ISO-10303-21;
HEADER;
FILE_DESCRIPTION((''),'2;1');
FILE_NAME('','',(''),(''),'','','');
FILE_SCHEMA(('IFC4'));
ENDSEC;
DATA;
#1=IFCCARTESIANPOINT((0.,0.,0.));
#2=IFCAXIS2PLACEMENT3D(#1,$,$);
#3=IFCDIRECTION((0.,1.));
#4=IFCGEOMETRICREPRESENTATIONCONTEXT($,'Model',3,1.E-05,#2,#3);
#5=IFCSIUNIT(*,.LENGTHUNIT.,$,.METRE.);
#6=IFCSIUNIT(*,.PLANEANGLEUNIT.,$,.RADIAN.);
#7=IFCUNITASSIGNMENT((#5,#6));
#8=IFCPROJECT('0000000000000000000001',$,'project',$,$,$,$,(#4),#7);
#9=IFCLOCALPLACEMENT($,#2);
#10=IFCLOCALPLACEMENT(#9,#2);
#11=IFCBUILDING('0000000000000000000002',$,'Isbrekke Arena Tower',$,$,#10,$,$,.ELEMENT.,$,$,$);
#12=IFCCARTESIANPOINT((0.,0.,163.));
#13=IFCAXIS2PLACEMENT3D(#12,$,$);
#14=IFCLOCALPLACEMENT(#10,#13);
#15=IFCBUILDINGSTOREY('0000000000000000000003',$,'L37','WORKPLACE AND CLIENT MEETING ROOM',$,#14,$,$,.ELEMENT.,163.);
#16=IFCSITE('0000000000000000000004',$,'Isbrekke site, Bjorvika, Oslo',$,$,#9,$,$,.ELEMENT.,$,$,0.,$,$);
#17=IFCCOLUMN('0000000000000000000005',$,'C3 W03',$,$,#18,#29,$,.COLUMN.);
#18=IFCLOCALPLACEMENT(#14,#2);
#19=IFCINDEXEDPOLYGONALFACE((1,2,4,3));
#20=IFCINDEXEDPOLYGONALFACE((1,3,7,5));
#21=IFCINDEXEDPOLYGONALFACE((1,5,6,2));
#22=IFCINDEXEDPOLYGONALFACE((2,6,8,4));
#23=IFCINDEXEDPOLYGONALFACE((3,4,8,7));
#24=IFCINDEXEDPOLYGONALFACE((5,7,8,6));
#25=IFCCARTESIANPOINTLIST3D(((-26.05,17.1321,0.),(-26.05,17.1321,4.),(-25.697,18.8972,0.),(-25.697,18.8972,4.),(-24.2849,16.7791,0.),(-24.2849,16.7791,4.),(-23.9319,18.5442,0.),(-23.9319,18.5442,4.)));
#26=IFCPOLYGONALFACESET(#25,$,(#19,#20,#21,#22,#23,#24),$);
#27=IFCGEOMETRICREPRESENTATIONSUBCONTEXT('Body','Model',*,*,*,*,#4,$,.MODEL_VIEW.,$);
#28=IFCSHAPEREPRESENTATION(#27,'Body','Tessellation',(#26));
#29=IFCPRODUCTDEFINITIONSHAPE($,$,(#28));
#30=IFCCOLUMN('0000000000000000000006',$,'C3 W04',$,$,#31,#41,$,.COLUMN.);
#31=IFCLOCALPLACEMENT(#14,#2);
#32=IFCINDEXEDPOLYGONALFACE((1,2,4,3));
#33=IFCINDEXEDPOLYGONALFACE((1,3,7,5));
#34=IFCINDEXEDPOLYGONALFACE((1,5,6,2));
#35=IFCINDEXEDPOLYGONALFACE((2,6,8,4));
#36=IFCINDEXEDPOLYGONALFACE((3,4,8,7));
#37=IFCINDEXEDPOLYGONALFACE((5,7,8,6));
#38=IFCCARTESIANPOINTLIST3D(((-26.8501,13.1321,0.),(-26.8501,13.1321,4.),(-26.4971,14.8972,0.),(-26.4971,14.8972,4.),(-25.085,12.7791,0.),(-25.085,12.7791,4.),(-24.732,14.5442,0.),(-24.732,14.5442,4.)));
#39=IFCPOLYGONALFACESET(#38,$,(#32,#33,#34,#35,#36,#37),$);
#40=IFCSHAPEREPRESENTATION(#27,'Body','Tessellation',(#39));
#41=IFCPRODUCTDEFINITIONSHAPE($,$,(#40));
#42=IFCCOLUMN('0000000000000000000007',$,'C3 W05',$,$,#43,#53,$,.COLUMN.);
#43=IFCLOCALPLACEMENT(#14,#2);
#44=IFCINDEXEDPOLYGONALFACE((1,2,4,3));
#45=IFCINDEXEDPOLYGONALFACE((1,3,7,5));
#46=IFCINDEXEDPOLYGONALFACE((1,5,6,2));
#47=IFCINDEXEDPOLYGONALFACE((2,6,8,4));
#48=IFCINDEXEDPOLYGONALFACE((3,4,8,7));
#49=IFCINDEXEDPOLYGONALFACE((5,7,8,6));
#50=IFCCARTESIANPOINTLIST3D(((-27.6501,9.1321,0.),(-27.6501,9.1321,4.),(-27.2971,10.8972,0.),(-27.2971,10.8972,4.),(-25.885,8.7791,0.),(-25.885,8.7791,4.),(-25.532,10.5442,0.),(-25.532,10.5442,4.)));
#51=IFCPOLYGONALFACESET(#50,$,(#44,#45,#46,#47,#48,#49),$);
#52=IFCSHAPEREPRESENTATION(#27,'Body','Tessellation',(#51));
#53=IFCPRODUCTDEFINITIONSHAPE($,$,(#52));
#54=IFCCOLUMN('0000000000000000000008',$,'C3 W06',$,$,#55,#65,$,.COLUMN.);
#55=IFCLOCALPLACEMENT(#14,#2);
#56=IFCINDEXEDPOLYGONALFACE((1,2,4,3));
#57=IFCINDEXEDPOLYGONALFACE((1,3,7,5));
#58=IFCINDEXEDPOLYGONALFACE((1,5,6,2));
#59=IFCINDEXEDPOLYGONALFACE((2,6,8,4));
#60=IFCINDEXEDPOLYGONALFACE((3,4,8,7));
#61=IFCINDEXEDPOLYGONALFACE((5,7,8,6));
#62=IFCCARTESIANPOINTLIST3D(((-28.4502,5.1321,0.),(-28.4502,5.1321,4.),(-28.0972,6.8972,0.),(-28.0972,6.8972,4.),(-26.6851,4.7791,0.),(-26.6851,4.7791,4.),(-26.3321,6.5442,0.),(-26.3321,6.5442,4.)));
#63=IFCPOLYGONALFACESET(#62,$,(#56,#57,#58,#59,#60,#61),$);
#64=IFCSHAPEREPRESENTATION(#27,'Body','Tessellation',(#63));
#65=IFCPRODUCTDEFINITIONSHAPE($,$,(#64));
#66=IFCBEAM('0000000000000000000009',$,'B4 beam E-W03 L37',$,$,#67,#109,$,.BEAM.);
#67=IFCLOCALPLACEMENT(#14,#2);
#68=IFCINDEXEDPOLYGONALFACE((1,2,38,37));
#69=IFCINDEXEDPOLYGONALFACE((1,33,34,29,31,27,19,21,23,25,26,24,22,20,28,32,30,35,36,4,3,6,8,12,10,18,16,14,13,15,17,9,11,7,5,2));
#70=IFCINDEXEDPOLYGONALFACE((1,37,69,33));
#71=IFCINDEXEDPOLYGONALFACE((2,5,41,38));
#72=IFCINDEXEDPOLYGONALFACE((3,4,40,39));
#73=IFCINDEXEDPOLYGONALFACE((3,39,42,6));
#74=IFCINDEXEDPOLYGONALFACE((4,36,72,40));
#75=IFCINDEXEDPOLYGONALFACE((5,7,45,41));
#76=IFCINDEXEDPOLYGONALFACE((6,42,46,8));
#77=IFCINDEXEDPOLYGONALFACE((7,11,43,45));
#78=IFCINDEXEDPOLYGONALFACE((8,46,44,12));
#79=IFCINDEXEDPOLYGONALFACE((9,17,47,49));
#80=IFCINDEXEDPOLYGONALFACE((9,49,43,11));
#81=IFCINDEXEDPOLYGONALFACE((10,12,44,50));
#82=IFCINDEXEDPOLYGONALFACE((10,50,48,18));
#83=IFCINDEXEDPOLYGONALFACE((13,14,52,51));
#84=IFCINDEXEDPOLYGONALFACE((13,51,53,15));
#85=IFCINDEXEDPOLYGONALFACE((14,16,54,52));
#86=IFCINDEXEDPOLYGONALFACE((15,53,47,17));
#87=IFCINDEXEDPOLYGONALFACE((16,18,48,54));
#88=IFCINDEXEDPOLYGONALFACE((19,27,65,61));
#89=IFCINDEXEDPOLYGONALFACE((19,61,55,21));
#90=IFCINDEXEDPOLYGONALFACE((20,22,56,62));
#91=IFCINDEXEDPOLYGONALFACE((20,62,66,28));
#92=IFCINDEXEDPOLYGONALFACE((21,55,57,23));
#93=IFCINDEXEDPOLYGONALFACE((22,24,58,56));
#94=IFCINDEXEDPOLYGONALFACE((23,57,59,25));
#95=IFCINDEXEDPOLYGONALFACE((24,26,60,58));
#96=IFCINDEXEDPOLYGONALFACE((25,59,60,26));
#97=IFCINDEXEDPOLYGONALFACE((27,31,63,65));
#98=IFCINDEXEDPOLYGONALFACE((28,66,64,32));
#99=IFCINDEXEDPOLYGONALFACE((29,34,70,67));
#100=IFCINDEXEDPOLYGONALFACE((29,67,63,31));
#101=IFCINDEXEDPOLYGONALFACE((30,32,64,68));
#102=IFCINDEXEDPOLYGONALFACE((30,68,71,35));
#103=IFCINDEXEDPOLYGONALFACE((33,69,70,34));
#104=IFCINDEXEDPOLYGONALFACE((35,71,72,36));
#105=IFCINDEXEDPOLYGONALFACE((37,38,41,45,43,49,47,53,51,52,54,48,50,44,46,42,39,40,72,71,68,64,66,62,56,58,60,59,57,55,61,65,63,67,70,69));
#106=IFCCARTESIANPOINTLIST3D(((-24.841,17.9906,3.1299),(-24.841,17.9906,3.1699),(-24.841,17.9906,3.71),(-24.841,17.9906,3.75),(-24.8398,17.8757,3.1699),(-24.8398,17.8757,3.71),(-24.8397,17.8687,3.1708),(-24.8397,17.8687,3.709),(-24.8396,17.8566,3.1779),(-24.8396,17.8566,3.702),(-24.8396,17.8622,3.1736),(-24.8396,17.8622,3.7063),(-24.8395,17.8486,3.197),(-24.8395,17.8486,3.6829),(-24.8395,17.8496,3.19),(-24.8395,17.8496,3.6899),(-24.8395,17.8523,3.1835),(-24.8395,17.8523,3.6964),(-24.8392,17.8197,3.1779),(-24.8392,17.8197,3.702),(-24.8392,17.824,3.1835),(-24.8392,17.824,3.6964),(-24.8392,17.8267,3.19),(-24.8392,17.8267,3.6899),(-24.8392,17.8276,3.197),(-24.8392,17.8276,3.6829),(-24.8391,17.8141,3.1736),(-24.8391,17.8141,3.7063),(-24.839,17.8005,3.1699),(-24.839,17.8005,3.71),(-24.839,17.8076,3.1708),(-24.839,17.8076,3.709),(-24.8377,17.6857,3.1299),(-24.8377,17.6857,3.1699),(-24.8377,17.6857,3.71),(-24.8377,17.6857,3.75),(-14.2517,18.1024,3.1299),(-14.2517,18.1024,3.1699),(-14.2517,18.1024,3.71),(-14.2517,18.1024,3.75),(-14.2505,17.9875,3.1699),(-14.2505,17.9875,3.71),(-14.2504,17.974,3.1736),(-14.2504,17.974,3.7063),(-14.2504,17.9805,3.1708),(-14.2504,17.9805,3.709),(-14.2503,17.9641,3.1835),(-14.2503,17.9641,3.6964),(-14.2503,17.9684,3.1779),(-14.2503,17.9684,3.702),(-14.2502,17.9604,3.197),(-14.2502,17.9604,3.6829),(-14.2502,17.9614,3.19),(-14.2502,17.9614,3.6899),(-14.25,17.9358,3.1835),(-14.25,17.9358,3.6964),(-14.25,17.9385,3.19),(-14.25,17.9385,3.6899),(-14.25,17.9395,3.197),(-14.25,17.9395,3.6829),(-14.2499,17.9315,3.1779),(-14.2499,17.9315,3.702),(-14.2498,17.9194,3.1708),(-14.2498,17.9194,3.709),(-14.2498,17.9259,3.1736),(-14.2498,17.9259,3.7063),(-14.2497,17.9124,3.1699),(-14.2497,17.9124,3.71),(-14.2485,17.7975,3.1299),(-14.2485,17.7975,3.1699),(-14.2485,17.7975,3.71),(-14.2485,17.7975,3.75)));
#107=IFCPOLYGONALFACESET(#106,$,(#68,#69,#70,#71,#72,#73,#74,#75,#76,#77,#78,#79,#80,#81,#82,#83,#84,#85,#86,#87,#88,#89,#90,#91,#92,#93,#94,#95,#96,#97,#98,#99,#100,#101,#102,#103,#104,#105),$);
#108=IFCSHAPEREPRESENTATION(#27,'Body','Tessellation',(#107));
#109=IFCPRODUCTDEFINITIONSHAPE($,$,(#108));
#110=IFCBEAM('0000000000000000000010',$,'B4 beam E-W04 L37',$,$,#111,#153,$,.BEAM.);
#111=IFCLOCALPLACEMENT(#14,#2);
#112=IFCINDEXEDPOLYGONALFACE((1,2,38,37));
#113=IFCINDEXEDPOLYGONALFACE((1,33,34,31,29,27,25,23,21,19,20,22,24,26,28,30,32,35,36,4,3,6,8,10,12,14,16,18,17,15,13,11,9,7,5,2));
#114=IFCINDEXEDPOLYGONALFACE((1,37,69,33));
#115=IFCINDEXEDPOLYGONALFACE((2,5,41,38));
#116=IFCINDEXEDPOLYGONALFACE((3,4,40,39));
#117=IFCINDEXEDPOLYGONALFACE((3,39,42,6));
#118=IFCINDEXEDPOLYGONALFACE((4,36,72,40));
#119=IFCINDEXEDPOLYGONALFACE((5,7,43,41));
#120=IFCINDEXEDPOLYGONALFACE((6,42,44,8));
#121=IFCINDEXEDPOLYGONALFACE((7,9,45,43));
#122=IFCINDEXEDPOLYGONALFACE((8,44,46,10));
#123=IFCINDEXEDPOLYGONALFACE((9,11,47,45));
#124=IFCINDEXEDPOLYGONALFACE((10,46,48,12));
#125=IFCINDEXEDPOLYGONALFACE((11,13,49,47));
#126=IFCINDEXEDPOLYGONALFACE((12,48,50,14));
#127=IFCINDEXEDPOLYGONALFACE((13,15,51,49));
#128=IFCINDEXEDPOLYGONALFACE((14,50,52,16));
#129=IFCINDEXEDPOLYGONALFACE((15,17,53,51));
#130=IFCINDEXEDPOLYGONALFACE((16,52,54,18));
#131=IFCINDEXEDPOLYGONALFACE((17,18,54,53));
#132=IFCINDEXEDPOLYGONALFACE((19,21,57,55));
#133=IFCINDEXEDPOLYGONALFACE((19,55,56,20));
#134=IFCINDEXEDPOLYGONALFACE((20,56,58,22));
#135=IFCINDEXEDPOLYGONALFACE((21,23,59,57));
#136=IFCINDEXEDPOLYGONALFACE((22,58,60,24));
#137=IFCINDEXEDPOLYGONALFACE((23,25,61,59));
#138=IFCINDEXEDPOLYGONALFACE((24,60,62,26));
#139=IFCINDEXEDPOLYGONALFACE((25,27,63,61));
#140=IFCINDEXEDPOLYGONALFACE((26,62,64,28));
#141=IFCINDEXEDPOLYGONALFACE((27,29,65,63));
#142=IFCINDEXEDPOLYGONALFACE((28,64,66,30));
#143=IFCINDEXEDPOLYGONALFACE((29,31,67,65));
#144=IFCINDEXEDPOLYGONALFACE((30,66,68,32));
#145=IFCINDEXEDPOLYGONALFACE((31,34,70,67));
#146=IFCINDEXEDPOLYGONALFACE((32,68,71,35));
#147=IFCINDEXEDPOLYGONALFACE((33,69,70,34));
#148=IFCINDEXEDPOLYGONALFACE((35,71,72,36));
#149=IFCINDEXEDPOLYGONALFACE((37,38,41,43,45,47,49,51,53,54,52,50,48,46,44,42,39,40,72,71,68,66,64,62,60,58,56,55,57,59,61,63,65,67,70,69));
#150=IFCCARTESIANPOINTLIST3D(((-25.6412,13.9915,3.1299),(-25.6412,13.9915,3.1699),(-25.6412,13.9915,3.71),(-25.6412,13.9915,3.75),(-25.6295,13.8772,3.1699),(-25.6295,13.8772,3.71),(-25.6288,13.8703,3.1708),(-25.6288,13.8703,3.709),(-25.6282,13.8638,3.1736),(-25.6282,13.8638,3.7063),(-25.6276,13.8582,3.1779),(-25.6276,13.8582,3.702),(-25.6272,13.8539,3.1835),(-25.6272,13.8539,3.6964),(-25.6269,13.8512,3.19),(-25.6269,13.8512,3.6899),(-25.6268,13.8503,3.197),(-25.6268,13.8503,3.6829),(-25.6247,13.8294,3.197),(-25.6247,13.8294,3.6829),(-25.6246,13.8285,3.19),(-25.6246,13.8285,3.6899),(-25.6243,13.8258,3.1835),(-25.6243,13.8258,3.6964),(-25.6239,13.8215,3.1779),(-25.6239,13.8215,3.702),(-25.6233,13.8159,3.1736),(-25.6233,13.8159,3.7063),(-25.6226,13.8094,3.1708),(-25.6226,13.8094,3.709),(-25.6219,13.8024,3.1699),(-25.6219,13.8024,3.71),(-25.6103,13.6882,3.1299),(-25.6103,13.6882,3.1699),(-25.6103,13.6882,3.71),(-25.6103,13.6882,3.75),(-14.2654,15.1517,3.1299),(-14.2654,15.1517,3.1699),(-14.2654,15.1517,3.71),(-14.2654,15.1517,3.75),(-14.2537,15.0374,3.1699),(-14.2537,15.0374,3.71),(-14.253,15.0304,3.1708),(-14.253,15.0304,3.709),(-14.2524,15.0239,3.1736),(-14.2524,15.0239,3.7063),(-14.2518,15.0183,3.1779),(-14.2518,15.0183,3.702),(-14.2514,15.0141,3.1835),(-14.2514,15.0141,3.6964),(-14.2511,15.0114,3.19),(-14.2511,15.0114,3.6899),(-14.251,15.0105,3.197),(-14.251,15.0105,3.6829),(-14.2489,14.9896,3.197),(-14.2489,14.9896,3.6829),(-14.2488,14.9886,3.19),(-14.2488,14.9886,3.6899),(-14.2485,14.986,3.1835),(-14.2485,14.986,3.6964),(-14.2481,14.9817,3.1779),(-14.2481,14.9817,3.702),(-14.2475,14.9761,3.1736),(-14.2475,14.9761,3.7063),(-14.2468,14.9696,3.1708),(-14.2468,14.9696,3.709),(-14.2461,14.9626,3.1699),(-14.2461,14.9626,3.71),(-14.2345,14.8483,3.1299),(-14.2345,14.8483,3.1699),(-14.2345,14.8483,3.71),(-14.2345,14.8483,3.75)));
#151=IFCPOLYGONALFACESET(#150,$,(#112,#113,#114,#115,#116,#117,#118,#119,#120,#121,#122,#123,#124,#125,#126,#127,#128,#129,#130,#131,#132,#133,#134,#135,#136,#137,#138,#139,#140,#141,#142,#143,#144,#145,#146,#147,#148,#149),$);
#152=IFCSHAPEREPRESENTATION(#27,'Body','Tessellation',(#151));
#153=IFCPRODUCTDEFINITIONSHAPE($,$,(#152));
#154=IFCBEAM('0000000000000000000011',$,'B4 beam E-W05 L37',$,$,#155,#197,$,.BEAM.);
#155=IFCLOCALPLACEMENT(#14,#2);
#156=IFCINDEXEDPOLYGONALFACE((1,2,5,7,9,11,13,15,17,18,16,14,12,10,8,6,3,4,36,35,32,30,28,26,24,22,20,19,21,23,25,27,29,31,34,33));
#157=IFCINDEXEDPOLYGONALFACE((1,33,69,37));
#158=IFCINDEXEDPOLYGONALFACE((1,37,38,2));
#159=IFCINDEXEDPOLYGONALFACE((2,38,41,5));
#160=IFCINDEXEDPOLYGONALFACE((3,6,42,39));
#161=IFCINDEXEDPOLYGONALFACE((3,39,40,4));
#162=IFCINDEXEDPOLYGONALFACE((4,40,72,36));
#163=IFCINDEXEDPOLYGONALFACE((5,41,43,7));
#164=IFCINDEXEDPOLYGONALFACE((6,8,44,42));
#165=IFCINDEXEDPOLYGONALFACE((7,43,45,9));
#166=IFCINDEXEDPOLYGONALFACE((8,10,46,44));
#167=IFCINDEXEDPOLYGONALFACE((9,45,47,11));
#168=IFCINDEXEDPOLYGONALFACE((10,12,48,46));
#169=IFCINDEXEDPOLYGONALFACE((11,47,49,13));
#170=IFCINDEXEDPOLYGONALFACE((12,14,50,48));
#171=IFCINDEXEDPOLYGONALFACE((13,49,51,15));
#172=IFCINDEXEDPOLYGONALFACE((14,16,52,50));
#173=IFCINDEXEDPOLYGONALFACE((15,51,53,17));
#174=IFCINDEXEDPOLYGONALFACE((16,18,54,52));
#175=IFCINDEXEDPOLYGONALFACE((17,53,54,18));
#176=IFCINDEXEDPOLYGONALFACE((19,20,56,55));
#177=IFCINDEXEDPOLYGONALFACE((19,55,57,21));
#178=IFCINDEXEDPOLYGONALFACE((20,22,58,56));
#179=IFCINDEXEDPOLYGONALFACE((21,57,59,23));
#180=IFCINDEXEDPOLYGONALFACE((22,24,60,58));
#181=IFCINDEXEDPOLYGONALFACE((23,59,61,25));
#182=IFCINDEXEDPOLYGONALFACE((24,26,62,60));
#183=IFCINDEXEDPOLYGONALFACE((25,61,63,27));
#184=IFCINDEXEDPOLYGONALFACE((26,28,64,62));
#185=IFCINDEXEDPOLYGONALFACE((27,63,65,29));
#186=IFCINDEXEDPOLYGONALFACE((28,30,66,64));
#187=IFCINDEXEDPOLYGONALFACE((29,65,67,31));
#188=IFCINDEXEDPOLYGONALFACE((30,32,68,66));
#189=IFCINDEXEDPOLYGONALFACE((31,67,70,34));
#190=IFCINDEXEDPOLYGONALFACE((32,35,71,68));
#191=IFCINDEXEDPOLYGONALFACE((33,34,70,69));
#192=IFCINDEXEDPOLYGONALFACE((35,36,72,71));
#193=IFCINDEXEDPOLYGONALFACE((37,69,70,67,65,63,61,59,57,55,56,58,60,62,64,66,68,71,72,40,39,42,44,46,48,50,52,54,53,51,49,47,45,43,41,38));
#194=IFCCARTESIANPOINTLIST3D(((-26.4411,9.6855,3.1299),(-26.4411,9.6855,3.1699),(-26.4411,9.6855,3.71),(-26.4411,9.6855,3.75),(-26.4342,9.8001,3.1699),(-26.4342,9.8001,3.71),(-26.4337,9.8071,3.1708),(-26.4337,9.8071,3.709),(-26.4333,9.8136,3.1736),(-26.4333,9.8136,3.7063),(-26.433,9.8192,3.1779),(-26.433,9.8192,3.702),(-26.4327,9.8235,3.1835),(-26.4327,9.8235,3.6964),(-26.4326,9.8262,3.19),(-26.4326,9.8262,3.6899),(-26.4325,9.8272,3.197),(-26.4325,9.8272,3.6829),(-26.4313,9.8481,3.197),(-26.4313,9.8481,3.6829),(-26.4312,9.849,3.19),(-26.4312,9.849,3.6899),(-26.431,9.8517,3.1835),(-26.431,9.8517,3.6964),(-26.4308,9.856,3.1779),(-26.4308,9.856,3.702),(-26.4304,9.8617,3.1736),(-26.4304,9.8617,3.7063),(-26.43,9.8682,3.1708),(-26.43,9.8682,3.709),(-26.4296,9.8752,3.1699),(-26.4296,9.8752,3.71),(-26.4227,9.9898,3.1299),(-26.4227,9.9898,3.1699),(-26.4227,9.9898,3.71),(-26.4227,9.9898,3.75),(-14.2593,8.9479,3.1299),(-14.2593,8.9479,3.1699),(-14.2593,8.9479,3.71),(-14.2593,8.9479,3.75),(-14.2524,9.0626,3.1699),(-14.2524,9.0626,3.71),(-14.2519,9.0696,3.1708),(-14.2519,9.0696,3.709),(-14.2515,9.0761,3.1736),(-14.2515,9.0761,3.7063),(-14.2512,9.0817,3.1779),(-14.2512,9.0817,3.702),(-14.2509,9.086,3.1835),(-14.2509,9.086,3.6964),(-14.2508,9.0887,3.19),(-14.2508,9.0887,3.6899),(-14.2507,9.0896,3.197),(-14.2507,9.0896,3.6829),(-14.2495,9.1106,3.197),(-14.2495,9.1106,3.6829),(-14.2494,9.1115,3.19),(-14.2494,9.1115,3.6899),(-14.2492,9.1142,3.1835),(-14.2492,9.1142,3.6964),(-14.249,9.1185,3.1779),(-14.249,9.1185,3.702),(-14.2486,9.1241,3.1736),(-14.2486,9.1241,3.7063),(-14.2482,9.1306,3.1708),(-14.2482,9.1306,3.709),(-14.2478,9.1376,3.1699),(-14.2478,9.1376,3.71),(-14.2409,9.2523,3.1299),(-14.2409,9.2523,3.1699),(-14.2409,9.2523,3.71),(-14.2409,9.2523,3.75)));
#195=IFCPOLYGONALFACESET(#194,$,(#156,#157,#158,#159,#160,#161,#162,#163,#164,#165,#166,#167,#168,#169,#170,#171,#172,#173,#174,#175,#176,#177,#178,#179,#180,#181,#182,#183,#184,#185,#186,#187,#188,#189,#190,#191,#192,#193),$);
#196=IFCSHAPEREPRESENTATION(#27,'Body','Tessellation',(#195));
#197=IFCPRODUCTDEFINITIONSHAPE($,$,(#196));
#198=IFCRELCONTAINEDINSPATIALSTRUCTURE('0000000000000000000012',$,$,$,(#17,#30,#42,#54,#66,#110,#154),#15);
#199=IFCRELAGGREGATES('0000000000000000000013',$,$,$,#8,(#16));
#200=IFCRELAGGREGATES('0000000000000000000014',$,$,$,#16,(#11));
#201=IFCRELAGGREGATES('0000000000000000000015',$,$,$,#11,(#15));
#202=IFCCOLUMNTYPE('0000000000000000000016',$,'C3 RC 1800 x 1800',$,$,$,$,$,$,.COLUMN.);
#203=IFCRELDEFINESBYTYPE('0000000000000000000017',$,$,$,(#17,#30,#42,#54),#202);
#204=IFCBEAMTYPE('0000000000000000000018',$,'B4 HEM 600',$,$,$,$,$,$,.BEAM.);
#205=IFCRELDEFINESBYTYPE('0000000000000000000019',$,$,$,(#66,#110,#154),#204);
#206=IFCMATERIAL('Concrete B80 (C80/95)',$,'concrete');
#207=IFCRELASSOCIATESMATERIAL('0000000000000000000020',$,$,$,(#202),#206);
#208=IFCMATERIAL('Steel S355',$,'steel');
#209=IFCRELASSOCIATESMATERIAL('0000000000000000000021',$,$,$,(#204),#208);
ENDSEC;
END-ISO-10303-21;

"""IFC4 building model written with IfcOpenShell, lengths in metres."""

from ifc_helpers import new_model, si_unit, direction, frame, origin, origin_2d, place, context, subcontext, project, spatial, rectangle, i_section, extrude, material, material_profile, profile_set, type_object, element, save


model = new_model("IFC4")

# Units and contexts
model_context = context("Model", 3, precision=1e-05, world=origin(), true_north=direction((0.0, 1.0)))
body_context = subcontext(model_context, "Body", "Model", "MODEL_VIEW")
ifc_project = project(units=[si_unit("LENGTHUNIT", "METRE"), si_unit("PLANEANGLEUNIT", "RADIAN")], contexts=[model_context])

# Site, building, storey
site_placement = place(None, origin())
site = spatial("IfcSite", under=ifc_project, at=site_placement, Name="Isbrekke site, Bjorvika, Oslo", CompositionType="ELEMENT", RefElevation=0.0)
building_placement = place(site_placement, origin())
building = spatial("IfcBuilding", under=site, at=building_placement, Name="Isbrekke Arena Tower", CompositionType="ELEMENT")
storey_placement = place(building_placement, frame((0.0, 0.0, 163.0)))
storey = spatial("IfcBuildingStorey", under=building, at=storey_placement, Name="L37", Description="WORKPLACE AND CLIENT MEETING ROOM", CompositionType="ELEMENT", Elevation=163.0)

# Columns
ifc_material_1 = material(Name="Concrete B80 (C80/95)", Category="concrete")
ifc_material_profile_1 = material_profile(ifc_material_1, rectangle(XDim=1.8, YDim=1.8, at=origin_2d()), Name="RC 1800x1800")
ifc_profile_set_1 = profile_set([ifc_material_profile_1], Name="Concrete B80 (C80/95)")
column_type = type_object("IfcColumnType", Name="C3 RC 1800 x 1800", PredefinedType="COLUMN", material=ifc_profile_set_1)
for number, where, z_axis, x_axis, name in (
    (1, (-24.991, 17.8381, 0.0), (0.0, 0.0, 1.0), (-0.196116, -0.980581, 0.0), "C3 W03"),
    (2, (-25.791, 13.8381, 0.0), (0.0, 0.0, 1.0), (-0.196116, -0.980581, 0.0), "C3 W04"),
    (3, (-26.5911, 9.8381, 0.0), (0.0, 0.0, 1.0), (-0.196116, -0.980581, 0.0), "C3 W05"),
    (4, (-27.3911, 5.8381, 0.0), (0.0, 0.0, 1.0), (-0.196116, -0.980581, 0.0), "C3 W06"),
):
    element("IfcColumn", number, at=place(storey_placement, frame(where, z_axis=z_axis, x_axis=x_axis)), inside=storey, type_object=column_type, Name=name, PredefinedType="COLUMN", context=body_context, shape_type="SweptSolid", body=[
        extrude(rectangle(XDim=1.8, YDim=1.8, at=origin_2d()), origin(), (0.0, 0.0, 1.0), 4.0),
    ])

# Beams
ifc_material_2 = material(Name="Steel S355", Category="steel")
ifc_material_profile_2 = material_profile(ifc_material_2, i_section(OverallWidth=0.3049, OverallDepth=0.6201, WebThickness=0.021, FlangeThickness=0.04, FilletRadius=0.0271, at=origin_2d()), Name="HEM 600")
ifc_profile_set_2 = profile_set([ifc_material_profile_2], Name="Steel S355")
beam_type_1 = type_object("IfcBeamType", Name="B4 HEM 600", PredefinedType="BEAM", material=ifc_profile_set_2)
beam_1_placement = place(storey_placement, frame((-24.8394, 17.8381, 3.4399), z_axis=(0.999944, 0.010559, 0.0), x_axis=(-0.010559, 0.999944, 0.0)))
element("IfcBeam", 5, at=beam_1_placement, inside=storey, type_object=beam_type_1, Name="B4 beam E-W03 L37", PredefinedType="BEAM", context=body_context, shape_type="SweptSolid", body=[
    extrude(i_section(OverallWidth=0.3049, OverallDepth=0.6201, WebThickness=0.021, FlangeThickness=0.04, FilletRadius=0.0271, at=origin_2d()), origin(), (0.0, 0.0, 1.0), 10.5898),
])
beam_2_placement = place(storey_placement, frame((-25.6257, 13.8398, 3.4399), z_axis=(0.99484, 0.101459, 0.0), x_axis=(-0.101459, 0.99484, 0.0)))
element("IfcBeam", 6, at=beam_2_placement, inside=storey, type_object=beam_type_1, Name="B4 beam E-W04 L37", PredefinedType="BEAM", context=body_context, shape_type="SweptSolid", body=[
    extrude(i_section(OverallWidth=0.3049, OverallDepth=0.6201, WebThickness=0.021, FlangeThickness=0.04, FilletRadius=0.0271, at=origin_2d()), origin(), (0.0, 0.0, 1.0), 11.4348),
])
beam_3_placement = place(storey_placement, frame((-26.4319, 9.8376, 3.4399), z_axis=(0.998172, -0.060434, 0.0), x_axis=(0.060434, 0.998172, 0.0)))
element("IfcBeam", 7, at=beam_3_placement, inside=storey, type_object=beam_type_1, Name="B4 beam E-W05 L37", PredefinedType="BEAM", context=body_context, shape_type="SweptSolid", body=[
    extrude(i_section(OverallWidth=0.3049, OverallDepth=0.6201, WebThickness=0.021, FlangeThickness=0.04, FilletRadius=0.0271, at=origin_2d()), origin(), (0.0, 0.0, 1.0), 12.2041),
])

save(model, "model.ifc")
